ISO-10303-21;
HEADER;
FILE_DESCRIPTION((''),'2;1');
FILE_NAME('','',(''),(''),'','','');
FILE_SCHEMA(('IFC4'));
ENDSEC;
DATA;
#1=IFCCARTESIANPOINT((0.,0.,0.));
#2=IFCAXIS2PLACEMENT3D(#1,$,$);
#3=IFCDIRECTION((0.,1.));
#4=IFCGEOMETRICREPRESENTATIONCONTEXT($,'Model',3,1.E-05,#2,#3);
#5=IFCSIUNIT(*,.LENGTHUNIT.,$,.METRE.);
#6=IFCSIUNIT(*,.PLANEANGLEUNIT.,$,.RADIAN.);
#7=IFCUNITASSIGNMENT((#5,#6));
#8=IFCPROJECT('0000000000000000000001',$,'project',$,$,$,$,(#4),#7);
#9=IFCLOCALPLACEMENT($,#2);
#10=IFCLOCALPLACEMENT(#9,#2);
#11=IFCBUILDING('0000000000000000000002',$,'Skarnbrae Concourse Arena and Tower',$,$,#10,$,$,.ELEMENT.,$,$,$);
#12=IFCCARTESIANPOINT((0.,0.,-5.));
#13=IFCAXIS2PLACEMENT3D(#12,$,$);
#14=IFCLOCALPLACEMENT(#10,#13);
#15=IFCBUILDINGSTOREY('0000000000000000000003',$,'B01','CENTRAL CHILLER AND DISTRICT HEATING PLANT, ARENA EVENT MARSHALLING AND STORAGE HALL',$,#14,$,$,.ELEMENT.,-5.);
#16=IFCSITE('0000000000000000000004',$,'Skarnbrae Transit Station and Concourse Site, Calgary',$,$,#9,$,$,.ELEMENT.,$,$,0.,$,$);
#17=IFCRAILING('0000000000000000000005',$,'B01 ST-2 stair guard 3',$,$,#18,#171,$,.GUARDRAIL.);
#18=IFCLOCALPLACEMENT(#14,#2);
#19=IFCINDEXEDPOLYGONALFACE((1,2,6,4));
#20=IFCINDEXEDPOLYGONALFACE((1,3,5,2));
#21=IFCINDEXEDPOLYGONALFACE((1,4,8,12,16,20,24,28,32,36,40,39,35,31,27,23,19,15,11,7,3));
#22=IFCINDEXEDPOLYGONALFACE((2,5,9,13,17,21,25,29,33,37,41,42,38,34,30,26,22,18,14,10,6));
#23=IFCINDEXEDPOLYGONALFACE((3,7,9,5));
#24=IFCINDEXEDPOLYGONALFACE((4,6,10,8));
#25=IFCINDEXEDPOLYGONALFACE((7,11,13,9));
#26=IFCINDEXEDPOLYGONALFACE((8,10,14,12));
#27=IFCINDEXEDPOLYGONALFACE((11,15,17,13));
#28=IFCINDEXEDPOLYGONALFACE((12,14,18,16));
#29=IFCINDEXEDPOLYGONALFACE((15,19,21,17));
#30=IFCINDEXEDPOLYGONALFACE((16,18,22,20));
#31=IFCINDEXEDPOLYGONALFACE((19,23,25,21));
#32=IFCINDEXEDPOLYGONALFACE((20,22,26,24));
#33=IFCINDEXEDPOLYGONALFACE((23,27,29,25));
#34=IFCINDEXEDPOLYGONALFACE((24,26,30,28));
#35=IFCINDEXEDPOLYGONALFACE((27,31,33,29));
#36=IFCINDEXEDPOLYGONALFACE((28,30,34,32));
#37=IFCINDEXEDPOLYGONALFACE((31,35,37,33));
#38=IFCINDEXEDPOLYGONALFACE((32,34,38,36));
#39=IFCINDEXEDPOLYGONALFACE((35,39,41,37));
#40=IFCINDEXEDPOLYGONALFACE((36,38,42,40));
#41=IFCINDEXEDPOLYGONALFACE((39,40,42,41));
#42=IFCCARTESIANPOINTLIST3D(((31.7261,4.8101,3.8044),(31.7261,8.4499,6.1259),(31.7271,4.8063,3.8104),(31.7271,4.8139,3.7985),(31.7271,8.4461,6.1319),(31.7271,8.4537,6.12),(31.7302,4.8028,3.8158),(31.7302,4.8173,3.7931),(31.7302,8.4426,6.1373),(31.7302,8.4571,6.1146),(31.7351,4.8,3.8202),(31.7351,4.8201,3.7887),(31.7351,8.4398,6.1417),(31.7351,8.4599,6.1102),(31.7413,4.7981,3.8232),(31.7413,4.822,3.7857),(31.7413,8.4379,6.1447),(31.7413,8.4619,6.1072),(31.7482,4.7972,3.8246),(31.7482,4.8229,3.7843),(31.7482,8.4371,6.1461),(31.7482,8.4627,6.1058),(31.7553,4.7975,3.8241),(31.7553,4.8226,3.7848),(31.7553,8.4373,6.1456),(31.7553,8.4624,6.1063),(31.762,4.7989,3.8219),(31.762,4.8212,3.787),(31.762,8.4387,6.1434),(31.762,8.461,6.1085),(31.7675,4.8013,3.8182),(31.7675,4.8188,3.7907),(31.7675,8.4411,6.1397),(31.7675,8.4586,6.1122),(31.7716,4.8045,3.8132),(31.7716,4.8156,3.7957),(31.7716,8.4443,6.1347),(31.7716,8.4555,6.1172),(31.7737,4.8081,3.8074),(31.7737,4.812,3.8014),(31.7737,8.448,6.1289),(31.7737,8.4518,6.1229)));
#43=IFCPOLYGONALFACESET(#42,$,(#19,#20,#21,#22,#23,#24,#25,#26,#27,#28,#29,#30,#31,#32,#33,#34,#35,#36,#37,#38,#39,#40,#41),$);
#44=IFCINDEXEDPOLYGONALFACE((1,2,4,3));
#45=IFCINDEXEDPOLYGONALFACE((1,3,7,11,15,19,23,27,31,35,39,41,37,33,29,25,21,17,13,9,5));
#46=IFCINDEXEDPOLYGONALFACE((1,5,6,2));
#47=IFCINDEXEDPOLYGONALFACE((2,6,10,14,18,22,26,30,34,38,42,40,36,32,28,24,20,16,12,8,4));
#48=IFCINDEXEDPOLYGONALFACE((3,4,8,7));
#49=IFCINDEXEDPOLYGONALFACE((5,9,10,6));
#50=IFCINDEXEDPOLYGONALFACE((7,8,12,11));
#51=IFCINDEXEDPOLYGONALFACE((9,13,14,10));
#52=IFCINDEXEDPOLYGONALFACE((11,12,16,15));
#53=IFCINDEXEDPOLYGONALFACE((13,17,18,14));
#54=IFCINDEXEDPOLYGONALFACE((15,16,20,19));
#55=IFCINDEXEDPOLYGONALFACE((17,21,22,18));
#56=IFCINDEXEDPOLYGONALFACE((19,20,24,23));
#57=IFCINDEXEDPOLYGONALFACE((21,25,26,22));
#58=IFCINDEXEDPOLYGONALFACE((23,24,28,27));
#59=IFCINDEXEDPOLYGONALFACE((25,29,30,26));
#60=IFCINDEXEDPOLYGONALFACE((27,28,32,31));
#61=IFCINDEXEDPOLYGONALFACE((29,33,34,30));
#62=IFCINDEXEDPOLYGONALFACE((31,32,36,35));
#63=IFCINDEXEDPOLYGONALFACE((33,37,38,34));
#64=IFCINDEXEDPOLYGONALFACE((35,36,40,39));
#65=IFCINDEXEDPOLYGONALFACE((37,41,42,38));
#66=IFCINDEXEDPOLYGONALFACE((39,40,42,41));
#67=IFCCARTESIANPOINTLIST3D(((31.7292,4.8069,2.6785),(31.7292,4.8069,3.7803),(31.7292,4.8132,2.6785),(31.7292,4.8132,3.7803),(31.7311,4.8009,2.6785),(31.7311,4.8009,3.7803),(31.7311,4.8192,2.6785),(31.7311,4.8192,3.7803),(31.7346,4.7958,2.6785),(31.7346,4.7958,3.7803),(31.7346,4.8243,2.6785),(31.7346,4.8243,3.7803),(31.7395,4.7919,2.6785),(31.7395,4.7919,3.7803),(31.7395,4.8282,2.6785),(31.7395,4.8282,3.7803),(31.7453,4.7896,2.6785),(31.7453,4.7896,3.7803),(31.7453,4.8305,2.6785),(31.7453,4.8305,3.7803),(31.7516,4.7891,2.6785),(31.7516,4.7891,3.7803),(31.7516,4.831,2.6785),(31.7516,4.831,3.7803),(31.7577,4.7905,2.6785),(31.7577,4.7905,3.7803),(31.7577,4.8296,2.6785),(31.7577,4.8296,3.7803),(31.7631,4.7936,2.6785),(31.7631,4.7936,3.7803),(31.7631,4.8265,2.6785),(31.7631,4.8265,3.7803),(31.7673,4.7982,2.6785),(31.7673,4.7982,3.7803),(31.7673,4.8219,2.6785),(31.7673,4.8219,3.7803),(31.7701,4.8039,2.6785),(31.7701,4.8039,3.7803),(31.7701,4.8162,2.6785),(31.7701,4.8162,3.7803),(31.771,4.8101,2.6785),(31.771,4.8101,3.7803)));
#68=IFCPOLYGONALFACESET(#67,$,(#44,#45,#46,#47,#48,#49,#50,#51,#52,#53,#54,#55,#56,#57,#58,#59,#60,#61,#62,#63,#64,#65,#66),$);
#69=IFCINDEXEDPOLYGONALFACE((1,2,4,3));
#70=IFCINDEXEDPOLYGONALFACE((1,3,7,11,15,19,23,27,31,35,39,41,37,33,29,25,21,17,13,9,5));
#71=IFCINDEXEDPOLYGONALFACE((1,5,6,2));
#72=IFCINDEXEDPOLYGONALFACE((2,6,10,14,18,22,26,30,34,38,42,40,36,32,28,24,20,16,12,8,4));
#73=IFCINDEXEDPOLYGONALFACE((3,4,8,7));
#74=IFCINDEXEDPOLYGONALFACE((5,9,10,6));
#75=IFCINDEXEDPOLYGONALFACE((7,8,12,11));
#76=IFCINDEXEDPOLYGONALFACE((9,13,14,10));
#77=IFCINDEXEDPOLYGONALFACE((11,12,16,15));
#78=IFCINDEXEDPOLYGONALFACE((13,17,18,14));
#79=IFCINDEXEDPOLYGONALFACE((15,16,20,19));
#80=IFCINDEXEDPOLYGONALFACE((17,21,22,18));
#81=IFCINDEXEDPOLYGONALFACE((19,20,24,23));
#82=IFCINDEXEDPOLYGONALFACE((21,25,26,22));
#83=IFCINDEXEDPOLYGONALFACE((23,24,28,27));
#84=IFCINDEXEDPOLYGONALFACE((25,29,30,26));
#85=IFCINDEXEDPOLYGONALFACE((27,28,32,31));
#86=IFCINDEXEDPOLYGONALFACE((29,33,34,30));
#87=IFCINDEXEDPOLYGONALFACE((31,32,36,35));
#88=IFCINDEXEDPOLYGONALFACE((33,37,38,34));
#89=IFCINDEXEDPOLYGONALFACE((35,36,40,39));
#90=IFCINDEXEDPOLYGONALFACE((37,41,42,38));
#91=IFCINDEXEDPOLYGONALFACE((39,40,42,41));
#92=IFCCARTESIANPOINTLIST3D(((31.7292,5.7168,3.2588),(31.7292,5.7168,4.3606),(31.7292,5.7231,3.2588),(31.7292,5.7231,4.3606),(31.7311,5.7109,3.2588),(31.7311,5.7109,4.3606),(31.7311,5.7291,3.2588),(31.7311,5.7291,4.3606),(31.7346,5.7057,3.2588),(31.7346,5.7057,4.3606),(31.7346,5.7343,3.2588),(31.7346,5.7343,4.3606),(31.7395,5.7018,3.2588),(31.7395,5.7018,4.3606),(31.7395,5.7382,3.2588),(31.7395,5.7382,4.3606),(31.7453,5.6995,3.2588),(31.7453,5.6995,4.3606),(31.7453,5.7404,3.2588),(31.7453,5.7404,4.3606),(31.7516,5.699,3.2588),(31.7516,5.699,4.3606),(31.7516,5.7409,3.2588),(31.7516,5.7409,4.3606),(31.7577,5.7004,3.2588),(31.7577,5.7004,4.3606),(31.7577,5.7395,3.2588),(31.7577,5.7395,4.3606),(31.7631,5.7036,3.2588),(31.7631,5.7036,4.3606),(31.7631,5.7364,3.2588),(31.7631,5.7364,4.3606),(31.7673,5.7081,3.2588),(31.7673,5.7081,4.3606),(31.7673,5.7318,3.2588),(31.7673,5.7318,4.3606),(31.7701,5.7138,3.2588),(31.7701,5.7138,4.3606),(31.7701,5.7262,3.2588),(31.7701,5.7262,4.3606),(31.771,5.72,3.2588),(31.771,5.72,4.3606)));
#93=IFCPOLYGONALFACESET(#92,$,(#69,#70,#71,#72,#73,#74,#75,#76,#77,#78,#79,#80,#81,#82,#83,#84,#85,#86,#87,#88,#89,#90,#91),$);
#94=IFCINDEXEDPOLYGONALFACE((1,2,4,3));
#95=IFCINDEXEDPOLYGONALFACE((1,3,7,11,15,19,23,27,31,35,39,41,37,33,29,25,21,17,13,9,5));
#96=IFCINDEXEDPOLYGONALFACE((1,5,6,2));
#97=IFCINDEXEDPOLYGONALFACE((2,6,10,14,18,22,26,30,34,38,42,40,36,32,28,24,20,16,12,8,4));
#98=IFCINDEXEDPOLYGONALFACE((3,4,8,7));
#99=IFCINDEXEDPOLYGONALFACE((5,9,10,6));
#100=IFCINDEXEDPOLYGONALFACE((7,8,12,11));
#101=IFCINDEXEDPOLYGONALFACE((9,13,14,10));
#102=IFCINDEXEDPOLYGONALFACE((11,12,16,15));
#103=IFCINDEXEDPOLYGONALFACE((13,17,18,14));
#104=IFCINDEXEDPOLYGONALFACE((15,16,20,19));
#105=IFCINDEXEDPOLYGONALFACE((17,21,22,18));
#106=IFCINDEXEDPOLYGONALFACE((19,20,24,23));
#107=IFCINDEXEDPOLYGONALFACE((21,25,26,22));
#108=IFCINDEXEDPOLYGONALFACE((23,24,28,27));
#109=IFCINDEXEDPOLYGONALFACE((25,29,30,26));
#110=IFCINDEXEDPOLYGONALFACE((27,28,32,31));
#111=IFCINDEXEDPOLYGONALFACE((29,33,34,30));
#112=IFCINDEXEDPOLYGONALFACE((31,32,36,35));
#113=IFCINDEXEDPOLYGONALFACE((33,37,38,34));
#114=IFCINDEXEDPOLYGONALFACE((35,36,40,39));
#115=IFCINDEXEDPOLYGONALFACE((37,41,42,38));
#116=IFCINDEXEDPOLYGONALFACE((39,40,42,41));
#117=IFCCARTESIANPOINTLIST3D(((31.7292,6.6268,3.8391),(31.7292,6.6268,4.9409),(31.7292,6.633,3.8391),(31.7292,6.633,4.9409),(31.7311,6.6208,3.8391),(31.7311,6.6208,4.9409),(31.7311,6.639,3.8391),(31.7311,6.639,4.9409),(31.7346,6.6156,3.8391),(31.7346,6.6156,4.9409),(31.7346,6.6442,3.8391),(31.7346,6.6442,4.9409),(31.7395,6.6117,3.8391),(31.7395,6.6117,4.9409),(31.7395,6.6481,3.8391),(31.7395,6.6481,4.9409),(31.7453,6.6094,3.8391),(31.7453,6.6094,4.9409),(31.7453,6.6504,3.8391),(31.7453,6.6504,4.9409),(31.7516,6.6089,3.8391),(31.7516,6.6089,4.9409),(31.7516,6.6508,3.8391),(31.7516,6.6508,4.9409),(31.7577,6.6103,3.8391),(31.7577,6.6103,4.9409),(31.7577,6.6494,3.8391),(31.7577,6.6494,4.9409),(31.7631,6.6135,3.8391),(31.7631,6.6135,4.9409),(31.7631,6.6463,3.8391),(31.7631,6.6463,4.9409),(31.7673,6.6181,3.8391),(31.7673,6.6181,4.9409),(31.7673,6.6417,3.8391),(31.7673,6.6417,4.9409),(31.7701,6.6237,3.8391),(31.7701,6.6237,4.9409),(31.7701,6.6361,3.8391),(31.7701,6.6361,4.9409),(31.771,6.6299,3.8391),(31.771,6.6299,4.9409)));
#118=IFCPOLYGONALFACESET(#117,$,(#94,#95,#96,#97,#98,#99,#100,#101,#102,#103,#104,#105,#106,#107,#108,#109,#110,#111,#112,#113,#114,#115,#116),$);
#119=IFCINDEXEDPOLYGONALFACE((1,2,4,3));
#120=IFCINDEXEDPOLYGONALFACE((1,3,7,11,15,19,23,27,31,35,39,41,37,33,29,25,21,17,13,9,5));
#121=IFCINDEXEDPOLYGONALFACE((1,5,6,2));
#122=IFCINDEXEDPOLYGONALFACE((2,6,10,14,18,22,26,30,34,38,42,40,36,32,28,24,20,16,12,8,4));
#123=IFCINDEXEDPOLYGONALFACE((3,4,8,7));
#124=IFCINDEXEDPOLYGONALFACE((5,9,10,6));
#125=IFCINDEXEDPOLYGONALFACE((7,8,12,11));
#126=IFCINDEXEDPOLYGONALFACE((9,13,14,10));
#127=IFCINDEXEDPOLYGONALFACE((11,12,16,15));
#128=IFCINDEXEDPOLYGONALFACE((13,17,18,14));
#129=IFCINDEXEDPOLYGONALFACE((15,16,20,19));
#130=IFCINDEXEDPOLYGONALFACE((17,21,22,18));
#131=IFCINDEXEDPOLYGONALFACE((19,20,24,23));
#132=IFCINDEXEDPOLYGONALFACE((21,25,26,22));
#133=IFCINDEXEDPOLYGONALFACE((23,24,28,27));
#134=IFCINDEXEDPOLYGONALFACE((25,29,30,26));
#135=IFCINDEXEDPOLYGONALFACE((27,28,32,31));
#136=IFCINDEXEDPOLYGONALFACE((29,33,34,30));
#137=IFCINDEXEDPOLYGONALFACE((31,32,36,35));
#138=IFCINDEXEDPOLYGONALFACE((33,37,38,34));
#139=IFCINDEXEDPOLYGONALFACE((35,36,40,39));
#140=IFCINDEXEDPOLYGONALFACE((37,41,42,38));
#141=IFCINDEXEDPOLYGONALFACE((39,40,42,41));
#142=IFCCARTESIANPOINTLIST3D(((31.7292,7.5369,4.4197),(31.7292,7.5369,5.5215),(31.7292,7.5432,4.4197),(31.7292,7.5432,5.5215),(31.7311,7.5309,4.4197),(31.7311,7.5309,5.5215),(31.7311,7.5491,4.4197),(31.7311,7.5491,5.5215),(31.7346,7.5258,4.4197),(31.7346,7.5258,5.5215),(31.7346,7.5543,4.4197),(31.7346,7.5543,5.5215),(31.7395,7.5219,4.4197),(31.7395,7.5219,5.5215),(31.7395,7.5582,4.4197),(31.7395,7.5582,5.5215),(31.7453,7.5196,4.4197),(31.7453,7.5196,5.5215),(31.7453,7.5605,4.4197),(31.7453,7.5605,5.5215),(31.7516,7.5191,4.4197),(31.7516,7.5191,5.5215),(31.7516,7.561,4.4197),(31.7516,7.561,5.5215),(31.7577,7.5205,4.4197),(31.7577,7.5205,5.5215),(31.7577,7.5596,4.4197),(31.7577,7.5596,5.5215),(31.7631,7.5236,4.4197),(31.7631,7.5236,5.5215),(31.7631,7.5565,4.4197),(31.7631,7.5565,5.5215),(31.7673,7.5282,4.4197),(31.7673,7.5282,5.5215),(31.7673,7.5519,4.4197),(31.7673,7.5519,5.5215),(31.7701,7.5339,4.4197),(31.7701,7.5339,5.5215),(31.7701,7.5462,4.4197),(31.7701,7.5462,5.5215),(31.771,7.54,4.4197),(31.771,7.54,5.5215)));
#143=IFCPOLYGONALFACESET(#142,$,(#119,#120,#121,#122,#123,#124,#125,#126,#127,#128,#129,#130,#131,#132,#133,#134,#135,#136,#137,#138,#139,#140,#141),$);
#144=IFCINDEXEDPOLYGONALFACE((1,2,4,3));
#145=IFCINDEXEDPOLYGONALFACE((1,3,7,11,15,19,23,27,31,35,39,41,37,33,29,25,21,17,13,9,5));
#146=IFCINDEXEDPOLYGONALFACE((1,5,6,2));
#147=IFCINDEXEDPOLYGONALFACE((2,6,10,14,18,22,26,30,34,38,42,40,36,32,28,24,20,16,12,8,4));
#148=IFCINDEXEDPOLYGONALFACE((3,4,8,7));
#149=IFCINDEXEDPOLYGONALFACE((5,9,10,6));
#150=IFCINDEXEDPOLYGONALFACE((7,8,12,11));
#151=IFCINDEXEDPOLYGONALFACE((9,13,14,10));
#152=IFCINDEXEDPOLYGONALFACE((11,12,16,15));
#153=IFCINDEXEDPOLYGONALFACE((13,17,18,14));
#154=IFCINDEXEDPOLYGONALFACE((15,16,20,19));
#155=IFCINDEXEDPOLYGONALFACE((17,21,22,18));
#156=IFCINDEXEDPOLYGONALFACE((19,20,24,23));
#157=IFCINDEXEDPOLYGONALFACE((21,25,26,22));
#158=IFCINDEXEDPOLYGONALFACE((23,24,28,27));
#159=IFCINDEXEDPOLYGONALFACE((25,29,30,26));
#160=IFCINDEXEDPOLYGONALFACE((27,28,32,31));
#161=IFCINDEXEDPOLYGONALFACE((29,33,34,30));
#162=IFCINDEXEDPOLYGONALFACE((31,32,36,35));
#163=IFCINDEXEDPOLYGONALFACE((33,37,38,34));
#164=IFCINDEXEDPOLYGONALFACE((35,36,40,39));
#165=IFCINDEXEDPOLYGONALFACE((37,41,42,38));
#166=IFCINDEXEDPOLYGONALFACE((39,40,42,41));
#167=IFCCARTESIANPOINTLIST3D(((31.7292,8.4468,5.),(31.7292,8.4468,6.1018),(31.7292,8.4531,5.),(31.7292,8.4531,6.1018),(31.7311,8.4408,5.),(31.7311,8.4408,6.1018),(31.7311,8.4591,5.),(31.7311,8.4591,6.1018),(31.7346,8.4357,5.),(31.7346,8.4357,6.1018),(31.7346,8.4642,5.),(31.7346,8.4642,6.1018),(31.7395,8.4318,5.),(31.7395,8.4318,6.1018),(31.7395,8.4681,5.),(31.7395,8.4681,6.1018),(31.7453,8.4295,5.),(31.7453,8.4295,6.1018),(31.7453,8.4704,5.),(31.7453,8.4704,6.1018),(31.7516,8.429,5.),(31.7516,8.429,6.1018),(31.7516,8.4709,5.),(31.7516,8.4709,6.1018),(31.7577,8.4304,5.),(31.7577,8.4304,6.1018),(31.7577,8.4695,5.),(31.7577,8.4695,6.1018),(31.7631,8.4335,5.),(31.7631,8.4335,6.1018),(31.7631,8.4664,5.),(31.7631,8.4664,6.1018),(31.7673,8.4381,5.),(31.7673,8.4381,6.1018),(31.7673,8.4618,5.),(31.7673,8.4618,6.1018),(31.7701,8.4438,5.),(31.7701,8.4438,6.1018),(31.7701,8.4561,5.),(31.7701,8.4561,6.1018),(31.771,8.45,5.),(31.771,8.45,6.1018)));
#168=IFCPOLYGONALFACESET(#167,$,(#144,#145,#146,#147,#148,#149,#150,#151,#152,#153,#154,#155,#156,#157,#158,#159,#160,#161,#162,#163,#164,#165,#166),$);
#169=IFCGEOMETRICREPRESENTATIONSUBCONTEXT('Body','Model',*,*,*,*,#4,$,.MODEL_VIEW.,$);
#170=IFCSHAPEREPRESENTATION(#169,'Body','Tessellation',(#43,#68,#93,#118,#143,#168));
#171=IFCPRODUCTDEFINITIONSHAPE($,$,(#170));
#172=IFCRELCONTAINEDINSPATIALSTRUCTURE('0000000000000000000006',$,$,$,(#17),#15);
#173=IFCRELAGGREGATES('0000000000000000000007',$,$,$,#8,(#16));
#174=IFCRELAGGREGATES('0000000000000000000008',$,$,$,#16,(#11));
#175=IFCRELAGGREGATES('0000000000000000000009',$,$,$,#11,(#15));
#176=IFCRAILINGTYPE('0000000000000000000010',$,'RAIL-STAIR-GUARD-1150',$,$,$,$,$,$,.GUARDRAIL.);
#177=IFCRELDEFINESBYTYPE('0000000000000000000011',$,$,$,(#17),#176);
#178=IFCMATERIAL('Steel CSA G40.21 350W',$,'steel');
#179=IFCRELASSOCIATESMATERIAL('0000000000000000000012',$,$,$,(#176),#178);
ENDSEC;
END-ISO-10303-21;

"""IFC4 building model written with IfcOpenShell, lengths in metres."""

from ifc_helpers import new_model, si_unit, direction, frame, origin, origin_2d, place, context, subcontext, project, spatial, circle, extrude, material, type_object, element, save


model = new_model("IFC4")

# Units and contexts
model_context = context("Model", 3, precision=1e-05, world=origin(), true_north=direction((0.0, 1.0)))
body_context = subcontext(model_context, "Body", "Model", "MODEL_VIEW")
ifc_project = project(units=[si_unit("LENGTHUNIT", "METRE"), si_unit("PLANEANGLEUNIT", "RADIAN")], contexts=[model_context])

# Site, building, storey
site_placement = place(None, origin())
site = spatial("IfcSite", under=ifc_project, at=site_placement, Name="Skarnbrae Transit Station and Concourse Site, Calgary", CompositionType="ELEMENT", RefElevation=0.0)
building_placement = place(site_placement, origin())
building = spatial("IfcBuilding", under=site, at=building_placement, Name="Skarnbrae Concourse Arena and Tower", CompositionType="ELEMENT")
storey_placement = place(building_placement, frame((0.0, 0.0, -5.0)))
storey = spatial("IfcBuildingStorey", under=building, at=storey_placement, Name="B01", Description="CENTRAL CHILLER AND DISTRICT HEATING PLANT, ARENA EVENT MARSHALLING AND STORAGE HALL", CompositionType="ELEMENT", Elevation=-5.0)

# Shared definitions
ifc_material_1 = material(Name="Steel CSA G40.21 350W", Category="steel")

# Railing
railing_type_1 = type_object("IfcRailingType", Name="RAIL-STAIR-GUARD-1150", PredefinedType="GUARDRAIL", material=ifc_material_1)
railing_1_placement = place(storey_placement, frame((31.75, 4.8101, 2.6785)))
element("IfcRailing", 1, at=railing_1_placement, inside=storey, type_object=railing_type_1, Name="B01 ST-2 stair guard 3", PredefinedType="GUARDRAIL", context=body_context, shape_type="SweptSolid", body=[
    extrude(circle(Radius=0.0239, at=origin_2d()), frame((0.0, 0.0, 1.126), z_axis=(0.0, 0.843112, 0.537739), x_axis=(-1.0, 0.0, 0.0)), (0.0, 0.0, 1.0), 4.3171),
    extrude(circle(Radius=0.021, at=origin_2d()), origin(), (0.0, 0.0, 1.0), 1.1018),
    extrude(circle(Radius=0.021, at=origin_2d()), frame((0.0, 0.9099, 0.5803)), (0.0, 0.0, 1.0), 1.1018),
    extrude(circle(Radius=0.021, at=origin_2d()), frame((0.0, 1.8198, 1.1606)), (0.0, 0.0, 1.0), 1.1018),
    extrude(circle(Radius=0.021, at=origin_2d()), frame((0.0, 2.73, 1.7412)), (0.0, 0.0, 1.0), 1.1018),
    extrude(circle(Radius=0.021, at=origin_2d()), frame((0.0, 3.6399, 2.3215)), (0.0, 0.0, 1.0), 1.1018),
])

save(model, "model.ifc")
